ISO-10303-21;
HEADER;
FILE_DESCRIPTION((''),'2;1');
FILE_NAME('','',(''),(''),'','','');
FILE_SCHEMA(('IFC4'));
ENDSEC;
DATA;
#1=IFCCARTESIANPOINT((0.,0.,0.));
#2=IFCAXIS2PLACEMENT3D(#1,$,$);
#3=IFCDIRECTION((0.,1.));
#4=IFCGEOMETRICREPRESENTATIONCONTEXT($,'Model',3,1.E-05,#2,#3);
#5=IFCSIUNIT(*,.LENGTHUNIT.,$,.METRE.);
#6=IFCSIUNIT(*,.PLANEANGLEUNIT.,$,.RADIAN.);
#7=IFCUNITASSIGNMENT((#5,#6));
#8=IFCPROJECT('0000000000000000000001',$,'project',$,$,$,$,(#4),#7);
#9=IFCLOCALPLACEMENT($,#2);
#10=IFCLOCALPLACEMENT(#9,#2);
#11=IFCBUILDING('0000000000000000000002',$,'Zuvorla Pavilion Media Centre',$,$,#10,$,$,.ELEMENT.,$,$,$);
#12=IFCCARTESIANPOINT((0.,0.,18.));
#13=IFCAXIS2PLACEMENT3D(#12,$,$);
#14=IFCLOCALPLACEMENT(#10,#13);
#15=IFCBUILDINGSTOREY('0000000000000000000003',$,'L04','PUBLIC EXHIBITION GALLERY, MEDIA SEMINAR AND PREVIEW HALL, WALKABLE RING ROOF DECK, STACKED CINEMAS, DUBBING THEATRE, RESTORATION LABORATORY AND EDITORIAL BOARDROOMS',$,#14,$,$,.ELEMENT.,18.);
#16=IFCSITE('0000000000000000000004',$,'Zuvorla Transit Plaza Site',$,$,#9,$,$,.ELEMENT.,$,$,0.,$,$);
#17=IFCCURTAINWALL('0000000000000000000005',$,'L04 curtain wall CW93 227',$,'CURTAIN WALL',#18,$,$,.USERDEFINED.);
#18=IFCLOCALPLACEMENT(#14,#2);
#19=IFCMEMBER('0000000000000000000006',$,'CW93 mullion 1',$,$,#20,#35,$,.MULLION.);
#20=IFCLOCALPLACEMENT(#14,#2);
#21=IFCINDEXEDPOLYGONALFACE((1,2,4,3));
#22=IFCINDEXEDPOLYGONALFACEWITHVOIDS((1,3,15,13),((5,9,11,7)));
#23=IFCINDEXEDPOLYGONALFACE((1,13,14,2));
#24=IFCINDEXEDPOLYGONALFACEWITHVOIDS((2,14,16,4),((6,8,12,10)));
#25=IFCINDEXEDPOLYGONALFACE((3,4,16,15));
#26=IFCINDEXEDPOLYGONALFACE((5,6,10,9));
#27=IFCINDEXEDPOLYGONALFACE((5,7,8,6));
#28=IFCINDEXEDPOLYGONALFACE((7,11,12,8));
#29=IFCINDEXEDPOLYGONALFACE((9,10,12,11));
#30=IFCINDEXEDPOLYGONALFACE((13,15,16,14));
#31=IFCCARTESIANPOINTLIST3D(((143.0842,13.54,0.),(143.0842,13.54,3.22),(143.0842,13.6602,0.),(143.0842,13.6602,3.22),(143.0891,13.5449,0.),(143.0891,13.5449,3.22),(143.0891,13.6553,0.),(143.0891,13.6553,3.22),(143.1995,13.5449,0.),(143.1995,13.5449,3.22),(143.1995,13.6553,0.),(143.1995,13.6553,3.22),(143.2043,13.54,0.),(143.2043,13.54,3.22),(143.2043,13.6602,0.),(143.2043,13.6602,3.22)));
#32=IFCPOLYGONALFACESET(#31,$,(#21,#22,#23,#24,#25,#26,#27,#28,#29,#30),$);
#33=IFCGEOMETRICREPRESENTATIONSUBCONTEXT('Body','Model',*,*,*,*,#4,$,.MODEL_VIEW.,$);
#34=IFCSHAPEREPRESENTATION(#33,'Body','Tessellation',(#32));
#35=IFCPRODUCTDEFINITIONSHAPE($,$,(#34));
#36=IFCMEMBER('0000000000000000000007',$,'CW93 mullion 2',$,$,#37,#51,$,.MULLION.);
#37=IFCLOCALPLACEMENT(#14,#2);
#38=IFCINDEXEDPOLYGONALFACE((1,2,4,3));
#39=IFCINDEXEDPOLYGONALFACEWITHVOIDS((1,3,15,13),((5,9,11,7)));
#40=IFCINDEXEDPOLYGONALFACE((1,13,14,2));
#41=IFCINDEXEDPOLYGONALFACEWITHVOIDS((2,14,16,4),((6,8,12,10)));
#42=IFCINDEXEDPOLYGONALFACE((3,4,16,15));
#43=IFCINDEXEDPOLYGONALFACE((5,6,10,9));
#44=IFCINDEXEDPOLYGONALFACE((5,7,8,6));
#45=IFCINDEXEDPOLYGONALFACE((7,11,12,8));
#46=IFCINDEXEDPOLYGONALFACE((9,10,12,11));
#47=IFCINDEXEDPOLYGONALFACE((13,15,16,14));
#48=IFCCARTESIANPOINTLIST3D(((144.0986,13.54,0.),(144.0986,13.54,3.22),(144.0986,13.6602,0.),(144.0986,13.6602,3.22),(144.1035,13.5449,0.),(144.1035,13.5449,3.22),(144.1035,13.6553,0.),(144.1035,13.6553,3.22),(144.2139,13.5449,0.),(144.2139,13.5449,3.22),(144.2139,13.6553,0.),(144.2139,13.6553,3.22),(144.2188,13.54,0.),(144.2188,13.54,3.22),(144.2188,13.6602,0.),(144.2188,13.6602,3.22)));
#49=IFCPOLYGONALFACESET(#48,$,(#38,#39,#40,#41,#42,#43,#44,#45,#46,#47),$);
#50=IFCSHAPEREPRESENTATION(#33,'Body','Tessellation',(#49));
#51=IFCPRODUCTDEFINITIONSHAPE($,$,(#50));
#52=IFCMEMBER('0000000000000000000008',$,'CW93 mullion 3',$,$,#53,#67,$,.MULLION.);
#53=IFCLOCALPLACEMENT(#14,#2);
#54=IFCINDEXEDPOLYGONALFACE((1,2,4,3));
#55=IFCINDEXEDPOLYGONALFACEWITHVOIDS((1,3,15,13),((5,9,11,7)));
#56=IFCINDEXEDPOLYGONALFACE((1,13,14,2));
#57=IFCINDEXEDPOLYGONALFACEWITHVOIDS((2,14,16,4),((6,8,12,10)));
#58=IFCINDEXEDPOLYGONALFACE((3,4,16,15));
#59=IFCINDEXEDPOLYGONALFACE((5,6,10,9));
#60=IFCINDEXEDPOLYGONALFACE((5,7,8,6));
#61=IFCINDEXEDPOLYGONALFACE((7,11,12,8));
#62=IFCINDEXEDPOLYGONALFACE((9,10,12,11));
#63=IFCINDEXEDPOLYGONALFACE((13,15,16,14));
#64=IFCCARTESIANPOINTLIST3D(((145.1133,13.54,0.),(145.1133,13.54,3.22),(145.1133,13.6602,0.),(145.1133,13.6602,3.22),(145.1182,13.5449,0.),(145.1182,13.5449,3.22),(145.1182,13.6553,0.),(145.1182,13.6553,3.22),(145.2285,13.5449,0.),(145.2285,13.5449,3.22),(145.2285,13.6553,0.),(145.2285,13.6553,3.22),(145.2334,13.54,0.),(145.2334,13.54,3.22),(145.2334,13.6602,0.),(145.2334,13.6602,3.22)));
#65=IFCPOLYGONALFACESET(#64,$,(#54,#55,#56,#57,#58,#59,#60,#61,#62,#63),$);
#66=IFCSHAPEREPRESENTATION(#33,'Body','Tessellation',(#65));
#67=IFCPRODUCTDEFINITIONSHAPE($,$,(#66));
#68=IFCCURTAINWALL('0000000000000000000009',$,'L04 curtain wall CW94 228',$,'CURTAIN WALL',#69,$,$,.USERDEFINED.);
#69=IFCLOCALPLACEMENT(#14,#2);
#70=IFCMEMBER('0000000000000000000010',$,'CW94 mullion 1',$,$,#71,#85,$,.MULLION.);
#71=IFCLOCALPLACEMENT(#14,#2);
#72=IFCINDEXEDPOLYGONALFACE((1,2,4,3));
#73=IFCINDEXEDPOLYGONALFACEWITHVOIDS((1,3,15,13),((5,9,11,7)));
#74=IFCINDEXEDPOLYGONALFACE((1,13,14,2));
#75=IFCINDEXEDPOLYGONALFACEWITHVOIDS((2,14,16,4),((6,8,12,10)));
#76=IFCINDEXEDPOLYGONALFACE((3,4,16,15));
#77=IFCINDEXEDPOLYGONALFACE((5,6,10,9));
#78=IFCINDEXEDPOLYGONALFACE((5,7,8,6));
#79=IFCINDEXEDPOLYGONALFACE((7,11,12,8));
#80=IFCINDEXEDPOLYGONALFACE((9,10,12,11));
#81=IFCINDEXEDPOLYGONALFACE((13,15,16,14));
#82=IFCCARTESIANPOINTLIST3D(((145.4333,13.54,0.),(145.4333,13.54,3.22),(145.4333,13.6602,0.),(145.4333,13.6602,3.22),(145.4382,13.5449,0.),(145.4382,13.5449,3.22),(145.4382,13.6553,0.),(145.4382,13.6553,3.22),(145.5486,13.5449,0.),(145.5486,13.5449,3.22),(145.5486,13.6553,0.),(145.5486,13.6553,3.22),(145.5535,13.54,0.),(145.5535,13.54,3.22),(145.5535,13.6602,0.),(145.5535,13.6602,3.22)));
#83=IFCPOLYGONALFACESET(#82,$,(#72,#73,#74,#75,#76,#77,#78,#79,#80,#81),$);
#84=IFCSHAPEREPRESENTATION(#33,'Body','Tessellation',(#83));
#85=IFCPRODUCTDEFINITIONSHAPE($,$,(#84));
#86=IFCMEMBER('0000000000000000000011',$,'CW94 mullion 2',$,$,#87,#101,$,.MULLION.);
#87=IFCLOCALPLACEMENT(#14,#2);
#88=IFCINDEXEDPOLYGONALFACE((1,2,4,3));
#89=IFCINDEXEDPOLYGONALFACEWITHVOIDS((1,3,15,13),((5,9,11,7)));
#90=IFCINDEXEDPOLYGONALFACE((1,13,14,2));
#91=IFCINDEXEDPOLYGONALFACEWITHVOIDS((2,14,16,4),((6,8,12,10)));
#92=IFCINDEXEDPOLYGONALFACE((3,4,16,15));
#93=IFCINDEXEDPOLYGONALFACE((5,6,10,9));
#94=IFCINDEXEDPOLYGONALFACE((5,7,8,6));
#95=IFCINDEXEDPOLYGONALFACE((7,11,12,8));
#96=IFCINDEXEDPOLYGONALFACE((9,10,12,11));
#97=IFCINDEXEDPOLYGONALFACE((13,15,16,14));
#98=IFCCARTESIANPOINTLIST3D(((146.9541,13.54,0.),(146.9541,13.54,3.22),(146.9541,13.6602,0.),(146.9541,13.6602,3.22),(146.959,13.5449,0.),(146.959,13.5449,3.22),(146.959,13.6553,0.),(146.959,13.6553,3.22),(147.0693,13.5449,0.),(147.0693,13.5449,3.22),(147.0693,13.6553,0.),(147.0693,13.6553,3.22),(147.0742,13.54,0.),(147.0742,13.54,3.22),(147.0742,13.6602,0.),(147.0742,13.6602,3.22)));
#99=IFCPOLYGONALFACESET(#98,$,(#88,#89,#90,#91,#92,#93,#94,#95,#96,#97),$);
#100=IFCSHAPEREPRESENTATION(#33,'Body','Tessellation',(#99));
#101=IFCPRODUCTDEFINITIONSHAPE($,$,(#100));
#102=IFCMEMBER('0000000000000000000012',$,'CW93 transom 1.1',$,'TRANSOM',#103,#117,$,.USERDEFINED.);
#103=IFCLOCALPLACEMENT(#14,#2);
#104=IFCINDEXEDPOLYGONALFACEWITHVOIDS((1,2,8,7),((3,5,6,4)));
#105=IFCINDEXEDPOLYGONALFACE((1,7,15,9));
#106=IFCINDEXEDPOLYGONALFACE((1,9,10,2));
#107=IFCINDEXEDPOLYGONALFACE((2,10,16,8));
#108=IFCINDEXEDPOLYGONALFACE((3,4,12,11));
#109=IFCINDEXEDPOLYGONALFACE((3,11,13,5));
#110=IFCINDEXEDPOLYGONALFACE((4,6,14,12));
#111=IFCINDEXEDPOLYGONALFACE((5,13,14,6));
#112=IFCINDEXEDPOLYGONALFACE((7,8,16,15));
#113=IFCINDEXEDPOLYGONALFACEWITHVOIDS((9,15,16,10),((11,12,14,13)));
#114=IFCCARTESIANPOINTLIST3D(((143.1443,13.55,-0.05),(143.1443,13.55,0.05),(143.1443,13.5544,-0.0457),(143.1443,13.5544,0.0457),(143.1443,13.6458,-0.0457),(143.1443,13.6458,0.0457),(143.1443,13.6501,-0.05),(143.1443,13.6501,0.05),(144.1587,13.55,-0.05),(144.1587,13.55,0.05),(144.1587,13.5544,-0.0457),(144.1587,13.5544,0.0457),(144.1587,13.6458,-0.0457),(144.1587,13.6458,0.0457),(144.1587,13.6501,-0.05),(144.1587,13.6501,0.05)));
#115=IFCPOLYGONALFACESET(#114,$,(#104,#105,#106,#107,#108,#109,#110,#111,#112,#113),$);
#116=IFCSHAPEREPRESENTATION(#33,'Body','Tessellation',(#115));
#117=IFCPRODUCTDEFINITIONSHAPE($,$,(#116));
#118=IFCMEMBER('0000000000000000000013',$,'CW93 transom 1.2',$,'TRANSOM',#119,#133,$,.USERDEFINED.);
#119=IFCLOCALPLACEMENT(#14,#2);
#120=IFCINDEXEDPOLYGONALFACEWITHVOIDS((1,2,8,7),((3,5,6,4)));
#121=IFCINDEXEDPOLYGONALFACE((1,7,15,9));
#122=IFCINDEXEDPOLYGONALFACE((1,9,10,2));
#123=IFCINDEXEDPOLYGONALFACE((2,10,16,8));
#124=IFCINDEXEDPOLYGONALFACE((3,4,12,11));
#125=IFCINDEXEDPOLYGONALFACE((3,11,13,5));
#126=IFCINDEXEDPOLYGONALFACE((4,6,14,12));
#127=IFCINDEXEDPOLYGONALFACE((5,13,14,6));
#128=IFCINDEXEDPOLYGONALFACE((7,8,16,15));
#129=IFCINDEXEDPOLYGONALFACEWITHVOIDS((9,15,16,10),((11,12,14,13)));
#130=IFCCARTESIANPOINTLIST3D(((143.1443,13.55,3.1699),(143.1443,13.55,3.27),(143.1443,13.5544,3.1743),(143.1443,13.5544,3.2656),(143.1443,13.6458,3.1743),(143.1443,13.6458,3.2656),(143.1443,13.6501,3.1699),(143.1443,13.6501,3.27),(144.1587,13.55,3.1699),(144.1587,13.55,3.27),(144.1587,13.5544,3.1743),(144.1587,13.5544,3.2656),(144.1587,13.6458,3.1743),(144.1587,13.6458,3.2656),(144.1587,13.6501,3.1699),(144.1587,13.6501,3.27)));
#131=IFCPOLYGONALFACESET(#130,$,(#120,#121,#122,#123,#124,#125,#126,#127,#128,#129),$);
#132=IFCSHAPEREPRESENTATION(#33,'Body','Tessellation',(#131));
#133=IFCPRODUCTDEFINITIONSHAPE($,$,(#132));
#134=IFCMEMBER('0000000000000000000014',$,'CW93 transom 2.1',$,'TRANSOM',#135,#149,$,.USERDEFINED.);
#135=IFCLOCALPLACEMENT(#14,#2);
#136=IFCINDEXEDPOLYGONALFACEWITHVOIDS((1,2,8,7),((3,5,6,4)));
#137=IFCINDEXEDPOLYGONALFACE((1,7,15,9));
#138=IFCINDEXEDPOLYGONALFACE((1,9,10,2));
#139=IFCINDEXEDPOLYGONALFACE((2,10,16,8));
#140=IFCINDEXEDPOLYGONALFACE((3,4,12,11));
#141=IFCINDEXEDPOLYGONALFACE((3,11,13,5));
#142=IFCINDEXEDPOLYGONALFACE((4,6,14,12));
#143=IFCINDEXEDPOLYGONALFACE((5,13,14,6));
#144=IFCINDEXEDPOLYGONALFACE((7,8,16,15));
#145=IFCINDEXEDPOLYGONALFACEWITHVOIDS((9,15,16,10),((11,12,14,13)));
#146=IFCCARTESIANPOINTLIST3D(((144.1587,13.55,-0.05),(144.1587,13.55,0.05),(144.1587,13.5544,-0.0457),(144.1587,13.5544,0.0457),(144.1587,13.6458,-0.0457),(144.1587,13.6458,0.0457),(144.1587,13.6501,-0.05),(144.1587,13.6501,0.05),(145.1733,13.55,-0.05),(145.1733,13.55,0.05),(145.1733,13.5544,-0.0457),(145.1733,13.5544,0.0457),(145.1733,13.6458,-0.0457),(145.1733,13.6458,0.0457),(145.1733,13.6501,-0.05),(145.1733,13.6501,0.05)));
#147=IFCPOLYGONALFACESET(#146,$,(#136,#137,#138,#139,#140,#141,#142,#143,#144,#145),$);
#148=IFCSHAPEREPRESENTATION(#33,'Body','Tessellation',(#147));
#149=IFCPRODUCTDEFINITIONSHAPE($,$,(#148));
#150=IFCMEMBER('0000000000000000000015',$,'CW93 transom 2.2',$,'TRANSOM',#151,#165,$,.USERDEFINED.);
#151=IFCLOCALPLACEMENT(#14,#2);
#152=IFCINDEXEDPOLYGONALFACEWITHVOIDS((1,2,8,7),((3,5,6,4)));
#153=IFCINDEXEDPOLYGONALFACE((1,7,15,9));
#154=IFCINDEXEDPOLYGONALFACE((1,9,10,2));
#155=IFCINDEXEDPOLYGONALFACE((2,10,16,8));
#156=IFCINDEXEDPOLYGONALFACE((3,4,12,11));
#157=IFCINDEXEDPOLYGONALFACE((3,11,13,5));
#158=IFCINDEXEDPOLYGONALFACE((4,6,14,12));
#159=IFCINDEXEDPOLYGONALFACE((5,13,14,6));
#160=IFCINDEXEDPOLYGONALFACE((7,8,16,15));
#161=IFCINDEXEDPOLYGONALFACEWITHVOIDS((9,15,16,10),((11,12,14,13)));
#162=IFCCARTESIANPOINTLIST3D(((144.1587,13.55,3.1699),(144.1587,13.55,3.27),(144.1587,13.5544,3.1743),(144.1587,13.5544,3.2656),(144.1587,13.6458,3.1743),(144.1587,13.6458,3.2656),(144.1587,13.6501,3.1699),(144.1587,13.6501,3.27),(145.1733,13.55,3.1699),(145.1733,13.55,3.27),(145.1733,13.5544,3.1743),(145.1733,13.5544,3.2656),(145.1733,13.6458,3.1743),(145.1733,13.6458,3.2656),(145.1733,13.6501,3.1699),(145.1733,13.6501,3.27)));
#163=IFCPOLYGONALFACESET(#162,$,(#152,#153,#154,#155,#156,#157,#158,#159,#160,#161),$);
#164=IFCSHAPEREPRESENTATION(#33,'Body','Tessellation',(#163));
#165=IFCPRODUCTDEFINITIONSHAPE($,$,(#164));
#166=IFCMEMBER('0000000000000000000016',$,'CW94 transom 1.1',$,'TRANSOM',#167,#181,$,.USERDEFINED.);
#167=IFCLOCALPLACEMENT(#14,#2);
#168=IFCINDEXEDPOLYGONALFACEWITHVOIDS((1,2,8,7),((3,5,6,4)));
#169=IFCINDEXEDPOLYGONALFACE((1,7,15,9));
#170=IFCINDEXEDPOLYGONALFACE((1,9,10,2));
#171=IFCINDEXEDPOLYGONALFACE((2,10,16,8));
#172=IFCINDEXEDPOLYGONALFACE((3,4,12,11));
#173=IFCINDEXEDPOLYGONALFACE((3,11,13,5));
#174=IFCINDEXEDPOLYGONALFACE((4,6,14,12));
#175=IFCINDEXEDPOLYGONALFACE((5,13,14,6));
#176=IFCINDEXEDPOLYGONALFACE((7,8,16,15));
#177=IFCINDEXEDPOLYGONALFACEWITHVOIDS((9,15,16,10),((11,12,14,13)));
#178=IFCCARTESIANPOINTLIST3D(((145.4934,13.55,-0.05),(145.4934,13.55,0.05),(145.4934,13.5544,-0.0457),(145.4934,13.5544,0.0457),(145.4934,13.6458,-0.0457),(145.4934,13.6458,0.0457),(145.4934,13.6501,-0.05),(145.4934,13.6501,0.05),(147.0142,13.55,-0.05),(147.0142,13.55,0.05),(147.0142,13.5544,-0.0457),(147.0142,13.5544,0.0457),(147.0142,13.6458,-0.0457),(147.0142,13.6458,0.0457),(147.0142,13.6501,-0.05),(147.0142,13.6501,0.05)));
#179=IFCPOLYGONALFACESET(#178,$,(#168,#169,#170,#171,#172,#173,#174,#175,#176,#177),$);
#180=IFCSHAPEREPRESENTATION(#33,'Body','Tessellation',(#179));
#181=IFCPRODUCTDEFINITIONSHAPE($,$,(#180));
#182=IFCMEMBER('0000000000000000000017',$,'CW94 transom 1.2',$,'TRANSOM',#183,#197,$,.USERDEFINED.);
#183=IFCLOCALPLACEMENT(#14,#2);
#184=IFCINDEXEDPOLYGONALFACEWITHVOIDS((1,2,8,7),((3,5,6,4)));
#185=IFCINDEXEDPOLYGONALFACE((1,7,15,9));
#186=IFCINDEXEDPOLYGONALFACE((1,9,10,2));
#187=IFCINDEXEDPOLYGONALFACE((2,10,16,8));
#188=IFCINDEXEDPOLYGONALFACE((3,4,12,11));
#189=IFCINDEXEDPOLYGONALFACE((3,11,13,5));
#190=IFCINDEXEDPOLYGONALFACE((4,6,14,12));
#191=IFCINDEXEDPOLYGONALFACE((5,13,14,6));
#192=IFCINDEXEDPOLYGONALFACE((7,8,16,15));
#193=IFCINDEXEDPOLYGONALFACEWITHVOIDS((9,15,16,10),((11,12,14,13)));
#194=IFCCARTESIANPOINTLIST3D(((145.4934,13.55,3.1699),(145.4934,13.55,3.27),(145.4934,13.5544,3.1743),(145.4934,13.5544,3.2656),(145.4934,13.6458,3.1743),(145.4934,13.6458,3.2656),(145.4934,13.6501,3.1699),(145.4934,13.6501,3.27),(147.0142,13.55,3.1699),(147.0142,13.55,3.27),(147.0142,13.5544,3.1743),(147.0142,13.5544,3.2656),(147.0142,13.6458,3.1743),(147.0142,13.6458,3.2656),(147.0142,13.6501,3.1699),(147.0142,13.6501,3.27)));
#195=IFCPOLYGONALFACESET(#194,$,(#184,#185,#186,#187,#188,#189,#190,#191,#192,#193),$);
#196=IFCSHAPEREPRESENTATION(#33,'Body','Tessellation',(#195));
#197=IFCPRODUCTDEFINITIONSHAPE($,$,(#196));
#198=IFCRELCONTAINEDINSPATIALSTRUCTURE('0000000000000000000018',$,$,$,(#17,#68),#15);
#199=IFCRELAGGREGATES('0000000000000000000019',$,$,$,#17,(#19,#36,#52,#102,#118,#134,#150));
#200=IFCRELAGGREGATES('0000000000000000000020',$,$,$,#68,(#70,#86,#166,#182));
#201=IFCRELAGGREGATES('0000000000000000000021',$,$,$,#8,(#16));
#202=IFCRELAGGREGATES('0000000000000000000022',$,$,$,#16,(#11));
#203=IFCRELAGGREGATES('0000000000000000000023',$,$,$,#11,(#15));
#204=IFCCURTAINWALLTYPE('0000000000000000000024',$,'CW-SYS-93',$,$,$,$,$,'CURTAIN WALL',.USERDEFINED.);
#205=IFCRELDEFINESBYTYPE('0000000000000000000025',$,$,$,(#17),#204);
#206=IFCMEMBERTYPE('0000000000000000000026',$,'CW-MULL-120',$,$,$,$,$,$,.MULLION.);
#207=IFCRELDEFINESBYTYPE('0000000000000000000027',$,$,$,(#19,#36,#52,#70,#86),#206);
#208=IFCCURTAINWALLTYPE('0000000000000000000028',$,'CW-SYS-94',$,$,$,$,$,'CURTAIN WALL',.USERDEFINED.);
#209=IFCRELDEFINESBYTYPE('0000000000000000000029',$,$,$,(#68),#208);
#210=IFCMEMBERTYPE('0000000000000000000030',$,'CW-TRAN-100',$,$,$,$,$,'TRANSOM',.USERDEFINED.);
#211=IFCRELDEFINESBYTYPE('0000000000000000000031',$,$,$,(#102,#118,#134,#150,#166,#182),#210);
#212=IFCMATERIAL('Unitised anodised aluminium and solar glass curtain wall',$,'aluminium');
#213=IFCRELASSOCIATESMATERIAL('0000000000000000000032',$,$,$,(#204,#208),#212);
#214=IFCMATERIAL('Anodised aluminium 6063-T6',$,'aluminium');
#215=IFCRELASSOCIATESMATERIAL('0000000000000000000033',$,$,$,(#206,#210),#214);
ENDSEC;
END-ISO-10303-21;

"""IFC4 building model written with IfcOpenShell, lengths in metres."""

from ifc_helpers import new_model, si_unit, direction, frame, origin, origin_2d, place, context, subcontext, project, spatial, hollow_rectangle, extrude, material, material_profile, profile_set, type_object, element, aggregate, save


model = new_model("IFC4")

# Units and contexts
model_context = context("Model", 3, precision=1e-05, world=origin(), true_north=direction((0.0, 1.0)))
body_context = subcontext(model_context, "Body", "Model", "MODEL_VIEW")
ifc_project = project(units=[si_unit("LENGTHUNIT", "METRE"), si_unit("PLANEANGLEUNIT", "RADIAN")], contexts=[model_context])

# Site, building, storey
site_placement = place(None, origin())
site = spatial("IfcSite", under=ifc_project, at=site_placement, Name="Zuvorla Transit Plaza Site", CompositionType="ELEMENT", RefElevation=0.0)
building_placement = place(site_placement, origin())
building = spatial("IfcBuilding", under=site, at=building_placement, Name="Zuvorla Pavilion Media Centre", CompositionType="ELEMENT")
storey_placement = place(building_placement, frame((0.0, 0.0, 18.0)))
storey = spatial("IfcBuildingStorey", under=building, at=storey_placement, Name="L04", Description="PUBLIC EXHIBITION GALLERY, MEDIA SEMINAR AND PREVIEW HALL, WALKABLE RING ROOF DECK, STACKED CINEMAS, DUBBING THEATRE, RESTORATION LABORATORY AND EDITORIAL BOARDROOMS", CompositionType="ELEMENT", Elevation=18.0)

# Curtain walls, members
ifc_material_1 = material(Name="Unitised anodised aluminium and solar glass curtain wall", Category="aluminium")
curtain_wall_type_1 = type_object("IfcCurtainWallType", Name="CW-SYS-93", ElementType="CURTAIN WALL", PredefinedType="USERDEFINED", material=ifc_material_1)
curtain_wall_1_placement = place(storey_placement, origin())
curtain_wall_1 = element("IfcCurtainWall", 1, at=curtain_wall_1_placement, inside=storey, type_object=curtain_wall_type_1, Name="L04 curtain wall CW93 227", ObjectType="CURTAIN WALL", PredefinedType="USERDEFINED")
ifc_material_2 = material(Name="Anodised aluminium 6063-T6", Category="aluminium")
ifc_material_profile_1 = material_profile(ifc_material_2, hollow_rectangle(XDim=0.1201, YDim=0.1201, WallThickness=0.0049, at=origin_2d()), Name="ALU MULL 120x120")
ifc_profile_set_1 = profile_set([ifc_material_profile_1], Name="Anodised aluminium 6063-T6")
member_type_1 = type_object("IfcMemberType", Name="CW-MULL-120", PredefinedType="MULLION", material=ifc_profile_set_1)
member_1_placement = place(storey_placement, frame((143.1443, 13.6001, 0.0), z_axis=(0.0, 0.0, 1.0), x_axis=(1.0, 0.0, 0.0)))
member_1 = element("IfcMember", 2, at=member_1_placement, type_object=member_type_1, Name="CW93 mullion 1", PredefinedType="MULLION", context=body_context, shape_type="SweptSolid", body=[
    extrude(hollow_rectangle(XDim=0.1201, YDim=0.1201, WallThickness=0.0049, at=origin_2d()), origin(), (0.0, 0.0, 1.0), 3.22),
])
member_2_placement = place(storey_placement, frame((144.1587, 13.6001, 0.0), z_axis=(0.0, 0.0, 1.0), x_axis=(1.0, 0.0, 0.0)))
member_2 = element("IfcMember", 3, at=member_2_placement, type_object=member_type_1, Name="CW93 mullion 2", PredefinedType="MULLION", context=body_context, shape_type="SweptSolid", body=[
    extrude(hollow_rectangle(XDim=0.1201, YDim=0.1201, WallThickness=0.0049, at=origin_2d()), origin(), (0.0, 0.0, 1.0), 3.22),
])
member_3_placement = place(storey_placement, frame((145.1733, 13.6001, 0.0), z_axis=(0.0, 0.0, 1.0), x_axis=(1.0, 0.0, 0.0)))
member_3 = element("IfcMember", 4, at=member_3_placement, type_object=member_type_1, Name="CW93 mullion 3", PredefinedType="MULLION", context=body_context, shape_type="SweptSolid", body=[
    extrude(hollow_rectangle(XDim=0.1201, YDim=0.1201, WallThickness=0.0049, at=origin_2d()), origin(), (0.0, 0.0, 1.0), 3.22),
])
curtain_wall_type_2 = type_object("IfcCurtainWallType", Name="CW-SYS-94", ElementType="CURTAIN WALL", PredefinedType="USERDEFINED", material=ifc_material_1)
curtain_wall_2_placement = place(storey_placement, origin())
curtain_wall_2 = element("IfcCurtainWall", 5, at=curtain_wall_2_placement, inside=storey, type_object=curtain_wall_type_2, Name="L04 curtain wall CW94 228", ObjectType="CURTAIN WALL", PredefinedType="USERDEFINED")
member_4_placement = place(storey_placement, frame((145.4934, 13.6001, 0.0), z_axis=(0.0, 0.0, 1.0), x_axis=(1.0, 0.0, 0.0)))
member_4 = element("IfcMember", 6, at=member_4_placement, type_object=member_type_1, Name="CW94 mullion 1", PredefinedType="MULLION", context=body_context, shape_type="SweptSolid", body=[
    extrude(hollow_rectangle(XDim=0.1201, YDim=0.1201, WallThickness=0.0049, at=origin_2d()), origin(), (0.0, 0.0, 1.0), 3.22),
])
member_5_placement = place(storey_placement, frame((147.0142, 13.6001, 0.0), z_axis=(0.0, 0.0, 1.0), x_axis=(1.0, 0.0, 0.0)))
member_5 = element("IfcMember", 7, at=member_5_placement, type_object=member_type_1, Name="CW94 mullion 2", PredefinedType="MULLION", context=body_context, shape_type="SweptSolid", body=[
    extrude(hollow_rectangle(XDim=0.1201, YDim=0.1201, WallThickness=0.0049, at=origin_2d()), origin(), (0.0, 0.0, 1.0), 3.22),
])

# Members
ifc_material_profile_2 = material_profile(ifc_material_2, hollow_rectangle(XDim=0.1001, YDim=0.1001, WallThickness=0.0044, at=origin_2d()), Name="ALU TRAN 100x100")
ifc_profile_set_2 = profile_set([ifc_material_profile_2], Name="Anodised aluminium 6063-T6")
member_type_2 = type_object("IfcMemberType", Name="CW-TRAN-100", ElementType="TRANSOM", PredefinedType="USERDEFINED", material=ifc_profile_set_2)
member_6_placement = place(storey_placement, frame((143.1443, 13.6001, 0.0), z_axis=(1.0, 0.0, 0.0), x_axis=(0.0, 1.0, 0.0)))
member_6 = element("IfcMember", 8, at=member_6_placement, type_object=member_type_2, Name="CW93 transom 1.1", ObjectType="TRANSOM", PredefinedType="USERDEFINED", context=body_context, shape_type="SweptSolid", body=[
    extrude(hollow_rectangle(XDim=0.1001, YDim=0.1001, WallThickness=0.0044, at=origin_2d()), origin(), (0.0, 0.0, 1.0), 1.0144),
])
member_7_placement = place(storey_placement, frame((143.1443, 13.6001, 3.22), z_axis=(1.0, 0.0, 0.0), x_axis=(0.0, 1.0, 0.0)))
member_7 = element("IfcMember", 9, at=member_7_placement, type_object=member_type_2, Name="CW93 transom 1.2", ObjectType="TRANSOM", PredefinedType="USERDEFINED", context=body_context, shape_type="SweptSolid", body=[
    extrude(hollow_rectangle(XDim=0.1001, YDim=0.1001, WallThickness=0.0044, at=origin_2d()), origin(), (0.0, 0.0, 1.0), 1.0144),
])
member_8_placement = place(storey_placement, frame((144.1587, 13.6001, 0.0), z_axis=(1.0, 0.0, 0.0), x_axis=(0.0, 1.0, 0.0)))
member_8 = element("IfcMember", 10, at=member_8_placement, type_object=member_type_2, Name="CW93 transom 2.1", ObjectType="TRANSOM", PredefinedType="USERDEFINED", context=body_context, shape_type="SweptSolid", body=[
    extrude(hollow_rectangle(XDim=0.1001, YDim=0.1001, WallThickness=0.0044, at=origin_2d()), origin(), (0.0, 0.0, 1.0), 1.0146),
])
member_9_placement = place(storey_placement, frame((144.1587, 13.6001, 3.22), z_axis=(1.0, 0.0, 0.0), x_axis=(0.0, 1.0, 0.0)))
member_9 = element("IfcMember", 11, at=member_9_placement, type_object=member_type_2, Name="CW93 transom 2.2", ObjectType="TRANSOM", PredefinedType="USERDEFINED", context=body_context, shape_type="SweptSolid", body=[
    extrude(hollow_rectangle(XDim=0.1001, YDim=0.1001, WallThickness=0.0044, at=origin_2d()), origin(), (0.0, 0.0, 1.0), 1.0146),
])
member_10_placement = place(storey_placement, frame((145.4934, 13.6001, 0.0), z_axis=(1.0, 0.0, 0.0), x_axis=(0.0, 1.0, 0.0)))
member_10 = element("IfcMember", 12, at=member_10_placement, type_object=member_type_2, Name="CW94 transom 1.1", ObjectType="TRANSOM", PredefinedType="USERDEFINED", context=body_context, shape_type="SweptSolid", body=[
    extrude(hollow_rectangle(XDim=0.1001, YDim=0.1001, WallThickness=0.0044, at=origin_2d()), origin(), (0.0, 0.0, 1.0), 1.5208),
])
member_11_placement = place(storey_placement, frame((145.4934, 13.6001, 3.22), z_axis=(1.0, 0.0, 0.0), x_axis=(0.0, 1.0, 0.0)))
member_11 = element("IfcMember", 13, at=member_11_placement, type_object=member_type_2, Name="CW94 transom 1.2", ObjectType="TRANSOM", PredefinedType="USERDEFINED", context=body_context, shape_type="SweptSolid", body=[
    extrude(hollow_rectangle(XDim=0.1001, YDim=0.1001, WallThickness=0.0044, at=origin_2d()), origin(), (0.0, 0.0, 1.0), 1.5208),
])

aggregate(curtain_wall_1, [member_1, member_2, member_3, member_6, member_7, member_8, member_9])
aggregate(curtain_wall_2, [member_4, member_5, member_10, member_11])

save(model, "model.ifc")
